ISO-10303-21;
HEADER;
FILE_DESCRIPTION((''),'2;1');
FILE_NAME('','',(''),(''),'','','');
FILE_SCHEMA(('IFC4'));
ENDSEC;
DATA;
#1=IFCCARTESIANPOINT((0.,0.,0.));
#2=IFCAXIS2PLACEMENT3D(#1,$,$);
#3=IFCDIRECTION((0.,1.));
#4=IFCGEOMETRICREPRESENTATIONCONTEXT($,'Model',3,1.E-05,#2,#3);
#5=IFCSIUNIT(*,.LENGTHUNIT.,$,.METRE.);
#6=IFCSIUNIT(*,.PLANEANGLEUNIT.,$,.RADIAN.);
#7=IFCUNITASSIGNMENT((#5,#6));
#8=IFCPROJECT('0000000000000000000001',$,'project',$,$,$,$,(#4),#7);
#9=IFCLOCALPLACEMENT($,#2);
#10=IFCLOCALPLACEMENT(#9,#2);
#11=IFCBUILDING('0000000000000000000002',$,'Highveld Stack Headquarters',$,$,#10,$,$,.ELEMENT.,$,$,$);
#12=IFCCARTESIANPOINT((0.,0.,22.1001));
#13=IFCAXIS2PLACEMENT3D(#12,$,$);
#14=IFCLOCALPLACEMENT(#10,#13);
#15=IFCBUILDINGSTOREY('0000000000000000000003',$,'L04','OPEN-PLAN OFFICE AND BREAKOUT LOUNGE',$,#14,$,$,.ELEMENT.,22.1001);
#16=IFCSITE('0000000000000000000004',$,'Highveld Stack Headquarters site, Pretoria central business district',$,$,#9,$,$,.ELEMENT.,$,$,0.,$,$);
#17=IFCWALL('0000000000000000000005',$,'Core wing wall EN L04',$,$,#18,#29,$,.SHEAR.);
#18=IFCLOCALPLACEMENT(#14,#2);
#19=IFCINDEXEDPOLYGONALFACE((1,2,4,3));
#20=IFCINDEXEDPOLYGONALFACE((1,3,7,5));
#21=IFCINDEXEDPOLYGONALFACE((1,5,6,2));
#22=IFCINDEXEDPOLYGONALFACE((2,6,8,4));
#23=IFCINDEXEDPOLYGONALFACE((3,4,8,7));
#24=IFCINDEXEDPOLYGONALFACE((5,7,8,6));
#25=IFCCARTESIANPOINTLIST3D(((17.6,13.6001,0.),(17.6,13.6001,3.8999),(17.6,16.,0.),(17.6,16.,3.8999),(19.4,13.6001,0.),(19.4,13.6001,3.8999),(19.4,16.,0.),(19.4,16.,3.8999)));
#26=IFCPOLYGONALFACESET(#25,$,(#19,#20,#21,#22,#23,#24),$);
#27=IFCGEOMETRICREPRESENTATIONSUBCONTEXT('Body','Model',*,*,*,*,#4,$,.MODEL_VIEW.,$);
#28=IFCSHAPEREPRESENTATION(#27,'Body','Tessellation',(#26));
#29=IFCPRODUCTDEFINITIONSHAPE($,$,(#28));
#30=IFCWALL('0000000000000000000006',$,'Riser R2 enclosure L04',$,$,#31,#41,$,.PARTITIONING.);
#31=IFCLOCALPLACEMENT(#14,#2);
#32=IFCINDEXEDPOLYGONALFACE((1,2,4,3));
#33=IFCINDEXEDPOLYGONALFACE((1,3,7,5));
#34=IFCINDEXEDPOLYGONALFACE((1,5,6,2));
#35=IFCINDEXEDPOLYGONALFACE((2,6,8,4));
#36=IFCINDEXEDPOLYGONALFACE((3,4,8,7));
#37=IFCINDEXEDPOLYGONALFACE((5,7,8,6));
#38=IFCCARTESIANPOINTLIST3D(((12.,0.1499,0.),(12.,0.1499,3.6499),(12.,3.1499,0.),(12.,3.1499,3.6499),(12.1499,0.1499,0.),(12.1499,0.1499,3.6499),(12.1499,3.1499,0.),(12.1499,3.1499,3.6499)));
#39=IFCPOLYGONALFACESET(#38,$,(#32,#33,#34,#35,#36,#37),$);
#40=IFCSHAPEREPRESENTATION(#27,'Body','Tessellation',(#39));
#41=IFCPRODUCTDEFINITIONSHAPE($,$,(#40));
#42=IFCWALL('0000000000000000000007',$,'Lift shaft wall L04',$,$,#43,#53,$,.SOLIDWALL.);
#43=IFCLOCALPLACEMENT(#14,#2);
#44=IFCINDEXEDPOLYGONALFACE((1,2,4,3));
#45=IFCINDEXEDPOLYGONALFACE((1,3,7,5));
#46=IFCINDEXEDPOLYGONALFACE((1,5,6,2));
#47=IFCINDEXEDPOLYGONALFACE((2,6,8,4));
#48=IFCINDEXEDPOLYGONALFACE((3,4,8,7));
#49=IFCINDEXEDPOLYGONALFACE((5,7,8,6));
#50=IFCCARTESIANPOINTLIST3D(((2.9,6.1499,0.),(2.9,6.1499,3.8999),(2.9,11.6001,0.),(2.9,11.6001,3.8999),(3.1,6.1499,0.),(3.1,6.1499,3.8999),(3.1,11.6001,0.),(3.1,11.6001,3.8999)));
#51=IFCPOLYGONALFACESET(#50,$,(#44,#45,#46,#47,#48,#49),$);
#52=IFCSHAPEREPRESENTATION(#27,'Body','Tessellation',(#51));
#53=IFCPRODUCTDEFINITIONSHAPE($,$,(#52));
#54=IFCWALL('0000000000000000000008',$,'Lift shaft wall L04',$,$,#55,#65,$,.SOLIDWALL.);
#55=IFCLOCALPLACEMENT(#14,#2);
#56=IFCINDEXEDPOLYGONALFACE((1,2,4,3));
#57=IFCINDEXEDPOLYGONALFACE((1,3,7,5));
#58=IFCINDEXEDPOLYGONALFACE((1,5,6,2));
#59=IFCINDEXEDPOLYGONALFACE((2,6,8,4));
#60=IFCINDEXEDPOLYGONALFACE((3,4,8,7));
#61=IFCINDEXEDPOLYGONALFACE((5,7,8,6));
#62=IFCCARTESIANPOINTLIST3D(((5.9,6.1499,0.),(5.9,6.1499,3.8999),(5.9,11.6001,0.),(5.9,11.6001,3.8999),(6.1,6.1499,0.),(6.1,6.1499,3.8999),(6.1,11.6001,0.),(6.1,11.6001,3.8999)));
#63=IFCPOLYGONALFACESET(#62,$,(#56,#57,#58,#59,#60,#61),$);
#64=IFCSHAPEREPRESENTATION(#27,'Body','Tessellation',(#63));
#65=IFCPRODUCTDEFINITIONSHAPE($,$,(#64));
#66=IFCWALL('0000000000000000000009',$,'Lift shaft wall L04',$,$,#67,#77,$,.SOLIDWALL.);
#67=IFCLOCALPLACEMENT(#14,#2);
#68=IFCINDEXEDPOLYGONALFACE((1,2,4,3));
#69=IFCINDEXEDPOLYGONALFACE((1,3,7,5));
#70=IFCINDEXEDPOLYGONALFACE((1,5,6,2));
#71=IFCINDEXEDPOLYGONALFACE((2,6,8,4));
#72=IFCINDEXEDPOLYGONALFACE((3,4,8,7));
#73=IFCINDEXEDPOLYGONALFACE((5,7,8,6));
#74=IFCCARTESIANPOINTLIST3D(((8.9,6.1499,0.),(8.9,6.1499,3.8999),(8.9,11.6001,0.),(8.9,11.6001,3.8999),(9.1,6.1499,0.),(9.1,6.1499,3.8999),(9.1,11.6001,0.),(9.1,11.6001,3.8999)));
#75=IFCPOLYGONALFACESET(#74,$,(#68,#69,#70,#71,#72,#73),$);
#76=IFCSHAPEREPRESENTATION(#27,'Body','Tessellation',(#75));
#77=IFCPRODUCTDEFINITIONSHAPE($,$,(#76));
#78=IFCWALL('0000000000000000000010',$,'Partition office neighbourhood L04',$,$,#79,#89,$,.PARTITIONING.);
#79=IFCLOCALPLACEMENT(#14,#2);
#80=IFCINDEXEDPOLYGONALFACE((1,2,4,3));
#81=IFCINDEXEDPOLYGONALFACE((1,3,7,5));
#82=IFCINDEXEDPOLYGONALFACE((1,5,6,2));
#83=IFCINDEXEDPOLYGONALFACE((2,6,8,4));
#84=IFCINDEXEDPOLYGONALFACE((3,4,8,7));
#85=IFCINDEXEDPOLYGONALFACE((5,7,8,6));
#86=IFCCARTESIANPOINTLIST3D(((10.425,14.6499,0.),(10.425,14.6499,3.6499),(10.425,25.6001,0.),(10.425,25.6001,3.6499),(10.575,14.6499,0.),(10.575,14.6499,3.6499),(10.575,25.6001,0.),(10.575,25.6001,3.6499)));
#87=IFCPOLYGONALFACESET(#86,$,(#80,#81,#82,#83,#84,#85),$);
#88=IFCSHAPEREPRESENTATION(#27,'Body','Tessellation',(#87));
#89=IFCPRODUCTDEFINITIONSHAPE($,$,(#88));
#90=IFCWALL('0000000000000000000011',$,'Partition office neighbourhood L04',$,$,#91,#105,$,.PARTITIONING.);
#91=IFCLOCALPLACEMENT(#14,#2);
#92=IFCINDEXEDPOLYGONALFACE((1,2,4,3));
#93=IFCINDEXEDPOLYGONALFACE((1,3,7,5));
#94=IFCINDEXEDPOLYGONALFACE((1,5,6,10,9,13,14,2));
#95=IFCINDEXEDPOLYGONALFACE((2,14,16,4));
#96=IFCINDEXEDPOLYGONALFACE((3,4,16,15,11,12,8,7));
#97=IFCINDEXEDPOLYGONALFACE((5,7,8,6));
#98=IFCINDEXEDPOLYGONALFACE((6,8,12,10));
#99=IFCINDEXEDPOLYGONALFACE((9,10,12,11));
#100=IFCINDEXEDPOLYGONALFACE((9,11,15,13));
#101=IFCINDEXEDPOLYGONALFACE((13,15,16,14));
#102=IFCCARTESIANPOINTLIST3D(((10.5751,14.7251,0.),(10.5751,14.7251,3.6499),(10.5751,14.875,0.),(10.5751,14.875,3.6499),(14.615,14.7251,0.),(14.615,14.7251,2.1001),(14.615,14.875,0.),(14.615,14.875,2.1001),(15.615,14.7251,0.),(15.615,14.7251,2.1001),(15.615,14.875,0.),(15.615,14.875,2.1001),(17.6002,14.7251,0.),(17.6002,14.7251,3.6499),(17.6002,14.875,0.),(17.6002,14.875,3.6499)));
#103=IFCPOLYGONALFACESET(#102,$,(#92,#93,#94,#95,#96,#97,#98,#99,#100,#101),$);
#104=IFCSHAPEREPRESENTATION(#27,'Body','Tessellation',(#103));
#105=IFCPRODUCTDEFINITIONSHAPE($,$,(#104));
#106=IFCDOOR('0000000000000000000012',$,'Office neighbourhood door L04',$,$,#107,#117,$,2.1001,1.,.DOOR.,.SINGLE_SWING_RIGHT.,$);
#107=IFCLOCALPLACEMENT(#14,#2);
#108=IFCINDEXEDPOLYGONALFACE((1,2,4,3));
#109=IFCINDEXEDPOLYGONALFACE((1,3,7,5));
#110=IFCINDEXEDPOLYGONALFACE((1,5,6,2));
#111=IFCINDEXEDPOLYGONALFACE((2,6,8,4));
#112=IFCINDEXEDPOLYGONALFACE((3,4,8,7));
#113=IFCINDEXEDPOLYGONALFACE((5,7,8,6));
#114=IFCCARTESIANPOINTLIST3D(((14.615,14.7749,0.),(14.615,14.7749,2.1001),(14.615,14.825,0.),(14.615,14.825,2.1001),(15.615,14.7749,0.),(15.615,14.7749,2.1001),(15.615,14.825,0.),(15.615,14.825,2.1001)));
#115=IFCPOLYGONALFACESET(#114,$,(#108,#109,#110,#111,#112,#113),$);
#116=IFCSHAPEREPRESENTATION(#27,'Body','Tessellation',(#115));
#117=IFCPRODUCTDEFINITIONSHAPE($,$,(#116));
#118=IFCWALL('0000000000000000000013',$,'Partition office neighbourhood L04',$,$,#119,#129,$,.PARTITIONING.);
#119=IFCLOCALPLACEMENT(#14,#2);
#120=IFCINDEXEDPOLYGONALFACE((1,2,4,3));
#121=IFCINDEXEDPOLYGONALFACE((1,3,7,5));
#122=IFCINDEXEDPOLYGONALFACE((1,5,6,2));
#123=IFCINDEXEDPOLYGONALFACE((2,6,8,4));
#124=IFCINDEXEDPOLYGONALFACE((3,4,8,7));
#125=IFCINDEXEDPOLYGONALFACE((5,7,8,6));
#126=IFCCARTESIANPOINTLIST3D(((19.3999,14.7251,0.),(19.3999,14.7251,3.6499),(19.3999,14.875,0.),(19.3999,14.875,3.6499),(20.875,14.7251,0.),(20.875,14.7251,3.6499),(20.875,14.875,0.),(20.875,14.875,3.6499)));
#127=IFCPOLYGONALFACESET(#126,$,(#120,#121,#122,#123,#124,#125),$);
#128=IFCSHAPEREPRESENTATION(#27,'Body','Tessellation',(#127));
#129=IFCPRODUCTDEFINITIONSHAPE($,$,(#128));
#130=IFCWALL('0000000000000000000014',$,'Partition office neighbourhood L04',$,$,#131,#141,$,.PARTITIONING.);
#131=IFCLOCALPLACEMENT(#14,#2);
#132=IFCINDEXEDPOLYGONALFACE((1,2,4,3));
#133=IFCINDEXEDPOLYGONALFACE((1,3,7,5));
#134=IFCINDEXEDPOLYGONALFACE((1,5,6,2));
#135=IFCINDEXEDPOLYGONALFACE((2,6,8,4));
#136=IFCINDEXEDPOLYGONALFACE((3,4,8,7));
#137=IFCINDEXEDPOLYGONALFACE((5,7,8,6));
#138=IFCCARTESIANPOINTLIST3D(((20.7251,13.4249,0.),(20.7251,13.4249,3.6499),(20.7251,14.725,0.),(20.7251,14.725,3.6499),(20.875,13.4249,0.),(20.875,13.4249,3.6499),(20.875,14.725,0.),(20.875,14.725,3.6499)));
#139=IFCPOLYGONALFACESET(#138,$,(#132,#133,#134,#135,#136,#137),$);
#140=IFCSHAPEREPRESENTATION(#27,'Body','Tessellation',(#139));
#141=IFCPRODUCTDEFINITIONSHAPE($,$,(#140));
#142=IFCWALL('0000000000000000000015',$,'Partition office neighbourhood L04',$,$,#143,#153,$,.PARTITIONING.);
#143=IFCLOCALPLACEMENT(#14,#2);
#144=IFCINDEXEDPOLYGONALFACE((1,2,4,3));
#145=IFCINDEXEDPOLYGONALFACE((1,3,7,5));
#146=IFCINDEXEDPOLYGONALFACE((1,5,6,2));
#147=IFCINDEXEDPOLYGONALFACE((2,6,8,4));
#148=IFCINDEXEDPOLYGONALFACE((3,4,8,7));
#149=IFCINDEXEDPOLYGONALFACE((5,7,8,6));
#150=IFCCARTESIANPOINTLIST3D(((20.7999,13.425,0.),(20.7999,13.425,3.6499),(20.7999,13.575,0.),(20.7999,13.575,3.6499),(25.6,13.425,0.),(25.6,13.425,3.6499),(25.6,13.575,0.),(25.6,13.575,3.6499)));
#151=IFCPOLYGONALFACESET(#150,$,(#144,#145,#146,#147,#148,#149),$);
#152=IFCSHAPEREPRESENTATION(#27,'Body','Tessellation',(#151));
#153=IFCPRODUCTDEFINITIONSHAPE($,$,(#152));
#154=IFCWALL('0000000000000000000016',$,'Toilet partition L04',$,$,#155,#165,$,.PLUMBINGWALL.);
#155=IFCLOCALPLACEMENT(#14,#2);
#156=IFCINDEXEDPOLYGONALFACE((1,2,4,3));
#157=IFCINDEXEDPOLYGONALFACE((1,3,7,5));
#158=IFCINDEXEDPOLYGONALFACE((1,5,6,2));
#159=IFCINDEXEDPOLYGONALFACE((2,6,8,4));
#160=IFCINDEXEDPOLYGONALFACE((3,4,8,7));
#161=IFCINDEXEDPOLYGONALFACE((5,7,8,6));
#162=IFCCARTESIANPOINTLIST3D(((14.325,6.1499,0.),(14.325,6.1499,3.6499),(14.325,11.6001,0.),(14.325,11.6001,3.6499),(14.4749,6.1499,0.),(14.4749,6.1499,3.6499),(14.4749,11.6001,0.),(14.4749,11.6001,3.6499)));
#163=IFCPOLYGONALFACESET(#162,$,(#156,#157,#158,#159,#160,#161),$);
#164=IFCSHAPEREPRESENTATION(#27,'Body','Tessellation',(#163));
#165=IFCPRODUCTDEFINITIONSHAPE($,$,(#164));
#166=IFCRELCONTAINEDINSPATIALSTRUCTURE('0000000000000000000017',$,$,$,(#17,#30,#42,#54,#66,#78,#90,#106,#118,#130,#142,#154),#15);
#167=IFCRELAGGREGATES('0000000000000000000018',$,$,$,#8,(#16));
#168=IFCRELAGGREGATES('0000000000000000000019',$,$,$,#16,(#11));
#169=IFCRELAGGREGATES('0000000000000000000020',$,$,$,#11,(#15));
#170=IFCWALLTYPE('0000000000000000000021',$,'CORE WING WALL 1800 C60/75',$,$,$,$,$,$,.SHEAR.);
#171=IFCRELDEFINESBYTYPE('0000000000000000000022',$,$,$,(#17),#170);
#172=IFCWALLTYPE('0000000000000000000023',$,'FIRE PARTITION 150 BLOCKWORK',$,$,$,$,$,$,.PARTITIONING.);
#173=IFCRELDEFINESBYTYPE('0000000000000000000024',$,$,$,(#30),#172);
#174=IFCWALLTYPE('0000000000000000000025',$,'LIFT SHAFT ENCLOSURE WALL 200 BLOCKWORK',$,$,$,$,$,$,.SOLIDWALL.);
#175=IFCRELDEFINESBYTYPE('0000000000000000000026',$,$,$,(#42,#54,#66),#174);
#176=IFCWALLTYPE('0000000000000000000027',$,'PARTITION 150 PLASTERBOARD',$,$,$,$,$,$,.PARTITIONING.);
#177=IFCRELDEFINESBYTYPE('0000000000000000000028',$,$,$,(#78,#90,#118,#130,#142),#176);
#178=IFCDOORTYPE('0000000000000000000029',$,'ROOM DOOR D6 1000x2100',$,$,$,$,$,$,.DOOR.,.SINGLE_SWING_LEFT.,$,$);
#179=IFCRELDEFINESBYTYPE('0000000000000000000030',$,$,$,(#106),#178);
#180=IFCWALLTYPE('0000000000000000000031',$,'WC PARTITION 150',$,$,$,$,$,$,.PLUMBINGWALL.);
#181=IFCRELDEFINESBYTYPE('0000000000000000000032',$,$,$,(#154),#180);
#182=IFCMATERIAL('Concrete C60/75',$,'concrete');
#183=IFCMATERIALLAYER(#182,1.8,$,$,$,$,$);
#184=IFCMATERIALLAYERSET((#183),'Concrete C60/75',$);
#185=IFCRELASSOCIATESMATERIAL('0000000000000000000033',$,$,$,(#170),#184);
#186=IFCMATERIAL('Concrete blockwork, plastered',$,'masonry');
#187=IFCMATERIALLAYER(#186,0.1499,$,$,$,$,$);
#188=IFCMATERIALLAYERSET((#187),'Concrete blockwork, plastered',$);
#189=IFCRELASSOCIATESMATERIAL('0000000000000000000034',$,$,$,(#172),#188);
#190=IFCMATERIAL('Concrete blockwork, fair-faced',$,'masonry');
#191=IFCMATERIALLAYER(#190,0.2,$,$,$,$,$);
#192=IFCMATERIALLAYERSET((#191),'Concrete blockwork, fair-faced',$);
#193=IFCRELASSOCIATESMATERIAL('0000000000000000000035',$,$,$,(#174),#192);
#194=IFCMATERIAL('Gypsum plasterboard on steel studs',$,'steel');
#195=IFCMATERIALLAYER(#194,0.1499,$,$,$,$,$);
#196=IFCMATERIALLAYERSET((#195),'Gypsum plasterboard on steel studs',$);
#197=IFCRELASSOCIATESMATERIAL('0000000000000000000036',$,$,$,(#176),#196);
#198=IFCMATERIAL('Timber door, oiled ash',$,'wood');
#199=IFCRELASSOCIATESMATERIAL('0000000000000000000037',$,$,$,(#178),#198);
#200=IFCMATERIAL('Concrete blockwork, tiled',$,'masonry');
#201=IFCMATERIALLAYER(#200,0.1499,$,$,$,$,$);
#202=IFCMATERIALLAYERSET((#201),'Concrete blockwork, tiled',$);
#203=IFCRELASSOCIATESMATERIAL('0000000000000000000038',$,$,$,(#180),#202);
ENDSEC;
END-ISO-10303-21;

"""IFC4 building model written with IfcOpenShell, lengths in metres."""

from ifc_helpers import new_model, si_unit, direction, frame, frame_2d, origin, place, context, subcontext, project, spatial, rectangle, extrude, material, layer, layer_set, type_object, element, fill, save


model = new_model("IFC4")

# Units and contexts
model_context = context("Model", 3, precision=1e-05, world=origin(), true_north=direction((0.0, 1.0)))
body_context = subcontext(model_context, "Body", "Model", "MODEL_VIEW")
ifc_project = project(units=[si_unit("LENGTHUNIT", "METRE"), si_unit("PLANEANGLEUNIT", "RADIAN")], contexts=[model_context])

# Site, building, storey
site_placement = place(None, origin())
site = spatial("IfcSite", under=ifc_project, at=site_placement, Name="Highveld Stack Headquarters site, Pretoria central business district", CompositionType="ELEMENT", RefElevation=0.0)
building_placement = place(site_placement, origin())
building = spatial("IfcBuilding", under=site, at=building_placement, Name="Highveld Stack Headquarters", CompositionType="ELEMENT")
storey_placement = place(building_placement, frame((0.0, 0.0, 22.1001)))
storey = spatial("IfcBuildingStorey", under=building, at=storey_placement, Name="L04", Description="OPEN-PLAN OFFICE AND BREAKOUT LOUNGE", CompositionType="ELEMENT", Elevation=22.1001)

# Walls
ifc_material_1 = material(Name="Concrete C60/75", Category="concrete")
ifc_layer_1 = layer(ifc_material_1, 1.8)
ifc_layer_set_1 = layer_set([ifc_layer_1], Name="Concrete C60/75")
wall_type_1 = type_object("IfcWallType", Name="CORE WING WALL 1800 C60/75", PredefinedType="SHEAR", material=ifc_layer_set_1)
wall_1_placement = place(storey_placement, frame((18.5, 13.6001, 0.0), z_axis=(0.0, 0.0, 1.0), x_axis=(0.0, 1.0, 0.0)))
element("IfcWall", 1, at=wall_1_placement, inside=storey, type_object=wall_type_1, Name="Core wing wall EN L04", PredefinedType="SHEAR", context=body_context, shape_type="SweptSolid", body=[
    extrude(rectangle(XDim=2.3999, YDim=1.8, at=frame_2d((1.2, 0.0))), origin(), (0.0, 0.0, 1.0), 3.8999),
])
ifc_material_2 = material(Name="Concrete blockwork, plastered", Category="masonry")
ifc_layer_2 = layer(ifc_material_2, 0.1499)
ifc_layer_set_2 = layer_set([ifc_layer_2], Name="Concrete blockwork, plastered")
wall_type_2 = type_object("IfcWallType", Name="FIRE PARTITION 150 BLOCKWORK", PredefinedType="PARTITIONING", material=ifc_layer_set_2)
wall_2_placement = place(storey_placement, frame((12.075, 0.1499, 0.0), z_axis=(0.0, 0.0, 1.0), x_axis=(0.0, 1.0, 0.0)))
element("IfcWall", 2, at=wall_2_placement, inside=storey, type_object=wall_type_2, Name="Riser R2 enclosure L04", PredefinedType="PARTITIONING", context=body_context, shape_type="SweptSolid", body=[
    extrude(rectangle(XDim=3.0, YDim=0.1499, at=frame_2d((1.5, 0.0))), origin(), (0.0, 0.0, 1.0), 3.6499),
])
ifc_material_3 = material(Name="Concrete blockwork, fair-faced", Category="masonry")
ifc_layer_3 = layer(ifc_material_3, 0.2)
ifc_layer_set_3 = layer_set([ifc_layer_3], Name="Concrete blockwork, fair-faced")
wall_type_3 = type_object("IfcWallType", Name="LIFT SHAFT ENCLOSURE WALL 200 BLOCKWORK", PredefinedType="SOLIDWALL", material=ifc_layer_set_3)
for number, where, z_axis, x_axis, name in (
    (3, (3.0, 6.1499, 0.0), (0.0, 0.0, 1.0), (0.0, 1.0, 0.0), "Lift shaft wall L04"),
    (4, (6.0, 6.1499, 0.0), (0.0, 0.0, 1.0), (0.0, 1.0, 0.0), "Lift shaft wall L04"),
    (5, (9.0, 6.1499, 0.0), (0.0, 0.0, 1.0), (0.0, 1.0, 0.0), "Lift shaft wall L04"),
):
    element("IfcWall", number, at=place(storey_placement, frame(where, z_axis=z_axis, x_axis=x_axis)), inside=storey, type_object=wall_type_3, Name=name, PredefinedType="SOLIDWALL", context=body_context, shape_type="SweptSolid", body=[
        extrude(rectangle(XDim=5.4502, YDim=0.2, at=frame_2d((2.7251, 0.0))), origin(), (0.0, 0.0, 1.0), 3.8999),
    ])
ifc_material_4 = material(Name="Gypsum plasterboard on steel studs", Category="steel")
ifc_layer_4 = layer(ifc_material_4, 0.1499)
ifc_layer_set_4 = layer_set([ifc_layer_4], Name="Gypsum plasterboard on steel studs")
wall_type_4 = type_object("IfcWallType", Name="PARTITION 150 PLASTERBOARD", PredefinedType="PARTITIONING", material=ifc_layer_set_4)
wall_3_placement = place(storey_placement, frame((10.5, 14.6499, 0.0), z_axis=(0.0, 0.0, 1.0), x_axis=(0.0, 1.0, 0.0)))
element("IfcWall", 6, at=wall_3_placement, inside=storey, type_object=wall_type_4, Name="Partition office neighbourhood L04", PredefinedType="PARTITIONING", context=body_context, shape_type="SweptSolid", body=[
    extrude(rectangle(XDim=10.9502, YDim=0.1499, at=frame_2d((5.4751, 0.0))), origin(), (0.0, 0.0, 1.0), 3.6499),
])

# Wall, opening, door
wall_4_placement = place(storey_placement, frame((10.575, 14.8, 0.0), z_axis=(0.0, 0.0, 1.0), x_axis=(1.0, 0.0, 0.0)))
wall_4 = element("IfcWall", 7, at=wall_4_placement, inside=storey, type_object=wall_type_4, Name="Partition office neighbourhood L04", PredefinedType="PARTITIONING", context=body_context, shape_type="SweptSolid", body=[
    extrude(rectangle(XDim=7.0251, YDim=0.1499, at=frame_2d((3.5127, 0.0))), origin(), (0.0, 0.0, 1.0), 3.6499),
])
opening_1_placement = place(wall_4_placement, frame((4.04, 0.0, 0.0)))
opening_1 = element("IfcOpeningElement", 8, at=opening_1_placement, cuts=wall_4, PredefinedType="OPENING", context=body_context, shape_type="SweptSolid", body=[
    extrude(rectangle(XDim=1.0, YDim=2.1001, at=frame_2d((0.5, 1.05))), frame((0.0, 0.085, 0.0), z_axis=(0.0, -1.0, 0.0), x_axis=(1.0, 0.0, 0.0)), (0.0, 0.0, 1.0), 0.1699),
])
ifc_material_5 = material(Name="Timber door, oiled ash", Category="wood")
door_type_1 = type_object("IfcDoorType", Name="ROOM DOOR D6 1000x2100", OperationType="SINGLE_SWING_LEFT", PredefinedType="DOOR", material=ifc_material_5)
door_1_placement = place(opening_1_placement, origin())
door_1 = element("IfcDoor", 9, at=door_1_placement, inside=storey, type_object=door_type_1, Name="Office neighbourhood door L04", OperationType="SINGLE_SWING_RIGHT", OverallHeight=2.1001, OverallWidth=1.0, PredefinedType="DOOR", context=body_context, shape_type="SweptSolid", body=[
    extrude(rectangle(XDim=1.0, YDim=2.1001, at=frame_2d((0.5, 1.05))), frame((0.0, 0.0249, 0.0), z_axis=(0.0, -1.0, 0.0), x_axis=(1.0, 0.0, 0.0)), (0.0, 0.0, 1.0), 0.05),
])
fill(opening_1, door_1)

# Walls
wall_5_placement = place(storey_placement, frame((19.3999, 14.8, 0.0), z_axis=(0.0, 0.0, 1.0), x_axis=(1.0, 0.0, 0.0)))
element("IfcWall", 10, at=wall_5_placement, inside=storey, type_object=wall_type_4, Name="Partition office neighbourhood L04", PredefinedType="PARTITIONING", context=body_context, shape_type="SweptSolid", body=[
    extrude(rectangle(XDim=1.4751, YDim=0.1499, at=frame_2d((0.7375, 0.0))), origin(), (0.0, 0.0, 1.0), 3.6499),
])
wall_6_placement = place(storey_placement, frame((20.8, 13.425, 0.0), z_axis=(0.0, 0.0, 1.0), x_axis=(0.0, 1.0, 0.0)))
element("IfcWall", 11, at=wall_6_placement, inside=storey, type_object=wall_type_4, Name="Partition office neighbourhood L04", PredefinedType="PARTITIONING", context=body_context, shape_type="SweptSolid", body=[
    extrude(rectangle(XDim=1.3, YDim=0.1499, at=frame_2d((0.6499, 0.0))), origin(), (0.0, 0.0, 1.0), 3.6499),
])
wall_7_placement = place(storey_placement, frame((20.8, 13.5, 0.0), z_axis=(0.0, 0.0, 1.0), x_axis=(1.0, 0.0, 0.0)))
element("IfcWall", 12, at=wall_7_placement, inside=storey, type_object=wall_type_4, Name="Partition office neighbourhood L04", PredefinedType="PARTITIONING", context=body_context, shape_type="SweptSolid", body=[
    extrude(rectangle(XDim=4.8, YDim=0.1499, at=frame_2d((2.3999, 0.0))), origin(), (0.0, 0.0, 1.0), 3.6499),
])
ifc_material_6 = material(Name="Concrete blockwork, tiled", Category="masonry")
ifc_layer_5 = layer(ifc_material_6, 0.1499)
ifc_layer_set_5 = layer_set([ifc_layer_5], Name="Concrete blockwork, tiled")
wall_type_5 = type_object("IfcWallType", Name="WC PARTITION 150", PredefinedType="PLUMBINGWALL", material=ifc_layer_set_5)
wall_8_placement = place(storey_placement, frame((14.3999, 6.1499, 0.0), z_axis=(0.0, 0.0, 1.0), x_axis=(0.0, 1.0, 0.0)))
element("IfcWall", 13, at=wall_8_placement, inside=storey, type_object=wall_type_5, Name="Toilet partition L04", PredefinedType="PLUMBINGWALL", context=body_context, shape_type="SweptSolid", body=[
    extrude(rectangle(XDim=5.4502, YDim=0.1499, at=frame_2d((2.7251, 0.0))), origin(), (0.0, 0.0, 1.0), 3.6499),
])

save(model, "model.ifc")
